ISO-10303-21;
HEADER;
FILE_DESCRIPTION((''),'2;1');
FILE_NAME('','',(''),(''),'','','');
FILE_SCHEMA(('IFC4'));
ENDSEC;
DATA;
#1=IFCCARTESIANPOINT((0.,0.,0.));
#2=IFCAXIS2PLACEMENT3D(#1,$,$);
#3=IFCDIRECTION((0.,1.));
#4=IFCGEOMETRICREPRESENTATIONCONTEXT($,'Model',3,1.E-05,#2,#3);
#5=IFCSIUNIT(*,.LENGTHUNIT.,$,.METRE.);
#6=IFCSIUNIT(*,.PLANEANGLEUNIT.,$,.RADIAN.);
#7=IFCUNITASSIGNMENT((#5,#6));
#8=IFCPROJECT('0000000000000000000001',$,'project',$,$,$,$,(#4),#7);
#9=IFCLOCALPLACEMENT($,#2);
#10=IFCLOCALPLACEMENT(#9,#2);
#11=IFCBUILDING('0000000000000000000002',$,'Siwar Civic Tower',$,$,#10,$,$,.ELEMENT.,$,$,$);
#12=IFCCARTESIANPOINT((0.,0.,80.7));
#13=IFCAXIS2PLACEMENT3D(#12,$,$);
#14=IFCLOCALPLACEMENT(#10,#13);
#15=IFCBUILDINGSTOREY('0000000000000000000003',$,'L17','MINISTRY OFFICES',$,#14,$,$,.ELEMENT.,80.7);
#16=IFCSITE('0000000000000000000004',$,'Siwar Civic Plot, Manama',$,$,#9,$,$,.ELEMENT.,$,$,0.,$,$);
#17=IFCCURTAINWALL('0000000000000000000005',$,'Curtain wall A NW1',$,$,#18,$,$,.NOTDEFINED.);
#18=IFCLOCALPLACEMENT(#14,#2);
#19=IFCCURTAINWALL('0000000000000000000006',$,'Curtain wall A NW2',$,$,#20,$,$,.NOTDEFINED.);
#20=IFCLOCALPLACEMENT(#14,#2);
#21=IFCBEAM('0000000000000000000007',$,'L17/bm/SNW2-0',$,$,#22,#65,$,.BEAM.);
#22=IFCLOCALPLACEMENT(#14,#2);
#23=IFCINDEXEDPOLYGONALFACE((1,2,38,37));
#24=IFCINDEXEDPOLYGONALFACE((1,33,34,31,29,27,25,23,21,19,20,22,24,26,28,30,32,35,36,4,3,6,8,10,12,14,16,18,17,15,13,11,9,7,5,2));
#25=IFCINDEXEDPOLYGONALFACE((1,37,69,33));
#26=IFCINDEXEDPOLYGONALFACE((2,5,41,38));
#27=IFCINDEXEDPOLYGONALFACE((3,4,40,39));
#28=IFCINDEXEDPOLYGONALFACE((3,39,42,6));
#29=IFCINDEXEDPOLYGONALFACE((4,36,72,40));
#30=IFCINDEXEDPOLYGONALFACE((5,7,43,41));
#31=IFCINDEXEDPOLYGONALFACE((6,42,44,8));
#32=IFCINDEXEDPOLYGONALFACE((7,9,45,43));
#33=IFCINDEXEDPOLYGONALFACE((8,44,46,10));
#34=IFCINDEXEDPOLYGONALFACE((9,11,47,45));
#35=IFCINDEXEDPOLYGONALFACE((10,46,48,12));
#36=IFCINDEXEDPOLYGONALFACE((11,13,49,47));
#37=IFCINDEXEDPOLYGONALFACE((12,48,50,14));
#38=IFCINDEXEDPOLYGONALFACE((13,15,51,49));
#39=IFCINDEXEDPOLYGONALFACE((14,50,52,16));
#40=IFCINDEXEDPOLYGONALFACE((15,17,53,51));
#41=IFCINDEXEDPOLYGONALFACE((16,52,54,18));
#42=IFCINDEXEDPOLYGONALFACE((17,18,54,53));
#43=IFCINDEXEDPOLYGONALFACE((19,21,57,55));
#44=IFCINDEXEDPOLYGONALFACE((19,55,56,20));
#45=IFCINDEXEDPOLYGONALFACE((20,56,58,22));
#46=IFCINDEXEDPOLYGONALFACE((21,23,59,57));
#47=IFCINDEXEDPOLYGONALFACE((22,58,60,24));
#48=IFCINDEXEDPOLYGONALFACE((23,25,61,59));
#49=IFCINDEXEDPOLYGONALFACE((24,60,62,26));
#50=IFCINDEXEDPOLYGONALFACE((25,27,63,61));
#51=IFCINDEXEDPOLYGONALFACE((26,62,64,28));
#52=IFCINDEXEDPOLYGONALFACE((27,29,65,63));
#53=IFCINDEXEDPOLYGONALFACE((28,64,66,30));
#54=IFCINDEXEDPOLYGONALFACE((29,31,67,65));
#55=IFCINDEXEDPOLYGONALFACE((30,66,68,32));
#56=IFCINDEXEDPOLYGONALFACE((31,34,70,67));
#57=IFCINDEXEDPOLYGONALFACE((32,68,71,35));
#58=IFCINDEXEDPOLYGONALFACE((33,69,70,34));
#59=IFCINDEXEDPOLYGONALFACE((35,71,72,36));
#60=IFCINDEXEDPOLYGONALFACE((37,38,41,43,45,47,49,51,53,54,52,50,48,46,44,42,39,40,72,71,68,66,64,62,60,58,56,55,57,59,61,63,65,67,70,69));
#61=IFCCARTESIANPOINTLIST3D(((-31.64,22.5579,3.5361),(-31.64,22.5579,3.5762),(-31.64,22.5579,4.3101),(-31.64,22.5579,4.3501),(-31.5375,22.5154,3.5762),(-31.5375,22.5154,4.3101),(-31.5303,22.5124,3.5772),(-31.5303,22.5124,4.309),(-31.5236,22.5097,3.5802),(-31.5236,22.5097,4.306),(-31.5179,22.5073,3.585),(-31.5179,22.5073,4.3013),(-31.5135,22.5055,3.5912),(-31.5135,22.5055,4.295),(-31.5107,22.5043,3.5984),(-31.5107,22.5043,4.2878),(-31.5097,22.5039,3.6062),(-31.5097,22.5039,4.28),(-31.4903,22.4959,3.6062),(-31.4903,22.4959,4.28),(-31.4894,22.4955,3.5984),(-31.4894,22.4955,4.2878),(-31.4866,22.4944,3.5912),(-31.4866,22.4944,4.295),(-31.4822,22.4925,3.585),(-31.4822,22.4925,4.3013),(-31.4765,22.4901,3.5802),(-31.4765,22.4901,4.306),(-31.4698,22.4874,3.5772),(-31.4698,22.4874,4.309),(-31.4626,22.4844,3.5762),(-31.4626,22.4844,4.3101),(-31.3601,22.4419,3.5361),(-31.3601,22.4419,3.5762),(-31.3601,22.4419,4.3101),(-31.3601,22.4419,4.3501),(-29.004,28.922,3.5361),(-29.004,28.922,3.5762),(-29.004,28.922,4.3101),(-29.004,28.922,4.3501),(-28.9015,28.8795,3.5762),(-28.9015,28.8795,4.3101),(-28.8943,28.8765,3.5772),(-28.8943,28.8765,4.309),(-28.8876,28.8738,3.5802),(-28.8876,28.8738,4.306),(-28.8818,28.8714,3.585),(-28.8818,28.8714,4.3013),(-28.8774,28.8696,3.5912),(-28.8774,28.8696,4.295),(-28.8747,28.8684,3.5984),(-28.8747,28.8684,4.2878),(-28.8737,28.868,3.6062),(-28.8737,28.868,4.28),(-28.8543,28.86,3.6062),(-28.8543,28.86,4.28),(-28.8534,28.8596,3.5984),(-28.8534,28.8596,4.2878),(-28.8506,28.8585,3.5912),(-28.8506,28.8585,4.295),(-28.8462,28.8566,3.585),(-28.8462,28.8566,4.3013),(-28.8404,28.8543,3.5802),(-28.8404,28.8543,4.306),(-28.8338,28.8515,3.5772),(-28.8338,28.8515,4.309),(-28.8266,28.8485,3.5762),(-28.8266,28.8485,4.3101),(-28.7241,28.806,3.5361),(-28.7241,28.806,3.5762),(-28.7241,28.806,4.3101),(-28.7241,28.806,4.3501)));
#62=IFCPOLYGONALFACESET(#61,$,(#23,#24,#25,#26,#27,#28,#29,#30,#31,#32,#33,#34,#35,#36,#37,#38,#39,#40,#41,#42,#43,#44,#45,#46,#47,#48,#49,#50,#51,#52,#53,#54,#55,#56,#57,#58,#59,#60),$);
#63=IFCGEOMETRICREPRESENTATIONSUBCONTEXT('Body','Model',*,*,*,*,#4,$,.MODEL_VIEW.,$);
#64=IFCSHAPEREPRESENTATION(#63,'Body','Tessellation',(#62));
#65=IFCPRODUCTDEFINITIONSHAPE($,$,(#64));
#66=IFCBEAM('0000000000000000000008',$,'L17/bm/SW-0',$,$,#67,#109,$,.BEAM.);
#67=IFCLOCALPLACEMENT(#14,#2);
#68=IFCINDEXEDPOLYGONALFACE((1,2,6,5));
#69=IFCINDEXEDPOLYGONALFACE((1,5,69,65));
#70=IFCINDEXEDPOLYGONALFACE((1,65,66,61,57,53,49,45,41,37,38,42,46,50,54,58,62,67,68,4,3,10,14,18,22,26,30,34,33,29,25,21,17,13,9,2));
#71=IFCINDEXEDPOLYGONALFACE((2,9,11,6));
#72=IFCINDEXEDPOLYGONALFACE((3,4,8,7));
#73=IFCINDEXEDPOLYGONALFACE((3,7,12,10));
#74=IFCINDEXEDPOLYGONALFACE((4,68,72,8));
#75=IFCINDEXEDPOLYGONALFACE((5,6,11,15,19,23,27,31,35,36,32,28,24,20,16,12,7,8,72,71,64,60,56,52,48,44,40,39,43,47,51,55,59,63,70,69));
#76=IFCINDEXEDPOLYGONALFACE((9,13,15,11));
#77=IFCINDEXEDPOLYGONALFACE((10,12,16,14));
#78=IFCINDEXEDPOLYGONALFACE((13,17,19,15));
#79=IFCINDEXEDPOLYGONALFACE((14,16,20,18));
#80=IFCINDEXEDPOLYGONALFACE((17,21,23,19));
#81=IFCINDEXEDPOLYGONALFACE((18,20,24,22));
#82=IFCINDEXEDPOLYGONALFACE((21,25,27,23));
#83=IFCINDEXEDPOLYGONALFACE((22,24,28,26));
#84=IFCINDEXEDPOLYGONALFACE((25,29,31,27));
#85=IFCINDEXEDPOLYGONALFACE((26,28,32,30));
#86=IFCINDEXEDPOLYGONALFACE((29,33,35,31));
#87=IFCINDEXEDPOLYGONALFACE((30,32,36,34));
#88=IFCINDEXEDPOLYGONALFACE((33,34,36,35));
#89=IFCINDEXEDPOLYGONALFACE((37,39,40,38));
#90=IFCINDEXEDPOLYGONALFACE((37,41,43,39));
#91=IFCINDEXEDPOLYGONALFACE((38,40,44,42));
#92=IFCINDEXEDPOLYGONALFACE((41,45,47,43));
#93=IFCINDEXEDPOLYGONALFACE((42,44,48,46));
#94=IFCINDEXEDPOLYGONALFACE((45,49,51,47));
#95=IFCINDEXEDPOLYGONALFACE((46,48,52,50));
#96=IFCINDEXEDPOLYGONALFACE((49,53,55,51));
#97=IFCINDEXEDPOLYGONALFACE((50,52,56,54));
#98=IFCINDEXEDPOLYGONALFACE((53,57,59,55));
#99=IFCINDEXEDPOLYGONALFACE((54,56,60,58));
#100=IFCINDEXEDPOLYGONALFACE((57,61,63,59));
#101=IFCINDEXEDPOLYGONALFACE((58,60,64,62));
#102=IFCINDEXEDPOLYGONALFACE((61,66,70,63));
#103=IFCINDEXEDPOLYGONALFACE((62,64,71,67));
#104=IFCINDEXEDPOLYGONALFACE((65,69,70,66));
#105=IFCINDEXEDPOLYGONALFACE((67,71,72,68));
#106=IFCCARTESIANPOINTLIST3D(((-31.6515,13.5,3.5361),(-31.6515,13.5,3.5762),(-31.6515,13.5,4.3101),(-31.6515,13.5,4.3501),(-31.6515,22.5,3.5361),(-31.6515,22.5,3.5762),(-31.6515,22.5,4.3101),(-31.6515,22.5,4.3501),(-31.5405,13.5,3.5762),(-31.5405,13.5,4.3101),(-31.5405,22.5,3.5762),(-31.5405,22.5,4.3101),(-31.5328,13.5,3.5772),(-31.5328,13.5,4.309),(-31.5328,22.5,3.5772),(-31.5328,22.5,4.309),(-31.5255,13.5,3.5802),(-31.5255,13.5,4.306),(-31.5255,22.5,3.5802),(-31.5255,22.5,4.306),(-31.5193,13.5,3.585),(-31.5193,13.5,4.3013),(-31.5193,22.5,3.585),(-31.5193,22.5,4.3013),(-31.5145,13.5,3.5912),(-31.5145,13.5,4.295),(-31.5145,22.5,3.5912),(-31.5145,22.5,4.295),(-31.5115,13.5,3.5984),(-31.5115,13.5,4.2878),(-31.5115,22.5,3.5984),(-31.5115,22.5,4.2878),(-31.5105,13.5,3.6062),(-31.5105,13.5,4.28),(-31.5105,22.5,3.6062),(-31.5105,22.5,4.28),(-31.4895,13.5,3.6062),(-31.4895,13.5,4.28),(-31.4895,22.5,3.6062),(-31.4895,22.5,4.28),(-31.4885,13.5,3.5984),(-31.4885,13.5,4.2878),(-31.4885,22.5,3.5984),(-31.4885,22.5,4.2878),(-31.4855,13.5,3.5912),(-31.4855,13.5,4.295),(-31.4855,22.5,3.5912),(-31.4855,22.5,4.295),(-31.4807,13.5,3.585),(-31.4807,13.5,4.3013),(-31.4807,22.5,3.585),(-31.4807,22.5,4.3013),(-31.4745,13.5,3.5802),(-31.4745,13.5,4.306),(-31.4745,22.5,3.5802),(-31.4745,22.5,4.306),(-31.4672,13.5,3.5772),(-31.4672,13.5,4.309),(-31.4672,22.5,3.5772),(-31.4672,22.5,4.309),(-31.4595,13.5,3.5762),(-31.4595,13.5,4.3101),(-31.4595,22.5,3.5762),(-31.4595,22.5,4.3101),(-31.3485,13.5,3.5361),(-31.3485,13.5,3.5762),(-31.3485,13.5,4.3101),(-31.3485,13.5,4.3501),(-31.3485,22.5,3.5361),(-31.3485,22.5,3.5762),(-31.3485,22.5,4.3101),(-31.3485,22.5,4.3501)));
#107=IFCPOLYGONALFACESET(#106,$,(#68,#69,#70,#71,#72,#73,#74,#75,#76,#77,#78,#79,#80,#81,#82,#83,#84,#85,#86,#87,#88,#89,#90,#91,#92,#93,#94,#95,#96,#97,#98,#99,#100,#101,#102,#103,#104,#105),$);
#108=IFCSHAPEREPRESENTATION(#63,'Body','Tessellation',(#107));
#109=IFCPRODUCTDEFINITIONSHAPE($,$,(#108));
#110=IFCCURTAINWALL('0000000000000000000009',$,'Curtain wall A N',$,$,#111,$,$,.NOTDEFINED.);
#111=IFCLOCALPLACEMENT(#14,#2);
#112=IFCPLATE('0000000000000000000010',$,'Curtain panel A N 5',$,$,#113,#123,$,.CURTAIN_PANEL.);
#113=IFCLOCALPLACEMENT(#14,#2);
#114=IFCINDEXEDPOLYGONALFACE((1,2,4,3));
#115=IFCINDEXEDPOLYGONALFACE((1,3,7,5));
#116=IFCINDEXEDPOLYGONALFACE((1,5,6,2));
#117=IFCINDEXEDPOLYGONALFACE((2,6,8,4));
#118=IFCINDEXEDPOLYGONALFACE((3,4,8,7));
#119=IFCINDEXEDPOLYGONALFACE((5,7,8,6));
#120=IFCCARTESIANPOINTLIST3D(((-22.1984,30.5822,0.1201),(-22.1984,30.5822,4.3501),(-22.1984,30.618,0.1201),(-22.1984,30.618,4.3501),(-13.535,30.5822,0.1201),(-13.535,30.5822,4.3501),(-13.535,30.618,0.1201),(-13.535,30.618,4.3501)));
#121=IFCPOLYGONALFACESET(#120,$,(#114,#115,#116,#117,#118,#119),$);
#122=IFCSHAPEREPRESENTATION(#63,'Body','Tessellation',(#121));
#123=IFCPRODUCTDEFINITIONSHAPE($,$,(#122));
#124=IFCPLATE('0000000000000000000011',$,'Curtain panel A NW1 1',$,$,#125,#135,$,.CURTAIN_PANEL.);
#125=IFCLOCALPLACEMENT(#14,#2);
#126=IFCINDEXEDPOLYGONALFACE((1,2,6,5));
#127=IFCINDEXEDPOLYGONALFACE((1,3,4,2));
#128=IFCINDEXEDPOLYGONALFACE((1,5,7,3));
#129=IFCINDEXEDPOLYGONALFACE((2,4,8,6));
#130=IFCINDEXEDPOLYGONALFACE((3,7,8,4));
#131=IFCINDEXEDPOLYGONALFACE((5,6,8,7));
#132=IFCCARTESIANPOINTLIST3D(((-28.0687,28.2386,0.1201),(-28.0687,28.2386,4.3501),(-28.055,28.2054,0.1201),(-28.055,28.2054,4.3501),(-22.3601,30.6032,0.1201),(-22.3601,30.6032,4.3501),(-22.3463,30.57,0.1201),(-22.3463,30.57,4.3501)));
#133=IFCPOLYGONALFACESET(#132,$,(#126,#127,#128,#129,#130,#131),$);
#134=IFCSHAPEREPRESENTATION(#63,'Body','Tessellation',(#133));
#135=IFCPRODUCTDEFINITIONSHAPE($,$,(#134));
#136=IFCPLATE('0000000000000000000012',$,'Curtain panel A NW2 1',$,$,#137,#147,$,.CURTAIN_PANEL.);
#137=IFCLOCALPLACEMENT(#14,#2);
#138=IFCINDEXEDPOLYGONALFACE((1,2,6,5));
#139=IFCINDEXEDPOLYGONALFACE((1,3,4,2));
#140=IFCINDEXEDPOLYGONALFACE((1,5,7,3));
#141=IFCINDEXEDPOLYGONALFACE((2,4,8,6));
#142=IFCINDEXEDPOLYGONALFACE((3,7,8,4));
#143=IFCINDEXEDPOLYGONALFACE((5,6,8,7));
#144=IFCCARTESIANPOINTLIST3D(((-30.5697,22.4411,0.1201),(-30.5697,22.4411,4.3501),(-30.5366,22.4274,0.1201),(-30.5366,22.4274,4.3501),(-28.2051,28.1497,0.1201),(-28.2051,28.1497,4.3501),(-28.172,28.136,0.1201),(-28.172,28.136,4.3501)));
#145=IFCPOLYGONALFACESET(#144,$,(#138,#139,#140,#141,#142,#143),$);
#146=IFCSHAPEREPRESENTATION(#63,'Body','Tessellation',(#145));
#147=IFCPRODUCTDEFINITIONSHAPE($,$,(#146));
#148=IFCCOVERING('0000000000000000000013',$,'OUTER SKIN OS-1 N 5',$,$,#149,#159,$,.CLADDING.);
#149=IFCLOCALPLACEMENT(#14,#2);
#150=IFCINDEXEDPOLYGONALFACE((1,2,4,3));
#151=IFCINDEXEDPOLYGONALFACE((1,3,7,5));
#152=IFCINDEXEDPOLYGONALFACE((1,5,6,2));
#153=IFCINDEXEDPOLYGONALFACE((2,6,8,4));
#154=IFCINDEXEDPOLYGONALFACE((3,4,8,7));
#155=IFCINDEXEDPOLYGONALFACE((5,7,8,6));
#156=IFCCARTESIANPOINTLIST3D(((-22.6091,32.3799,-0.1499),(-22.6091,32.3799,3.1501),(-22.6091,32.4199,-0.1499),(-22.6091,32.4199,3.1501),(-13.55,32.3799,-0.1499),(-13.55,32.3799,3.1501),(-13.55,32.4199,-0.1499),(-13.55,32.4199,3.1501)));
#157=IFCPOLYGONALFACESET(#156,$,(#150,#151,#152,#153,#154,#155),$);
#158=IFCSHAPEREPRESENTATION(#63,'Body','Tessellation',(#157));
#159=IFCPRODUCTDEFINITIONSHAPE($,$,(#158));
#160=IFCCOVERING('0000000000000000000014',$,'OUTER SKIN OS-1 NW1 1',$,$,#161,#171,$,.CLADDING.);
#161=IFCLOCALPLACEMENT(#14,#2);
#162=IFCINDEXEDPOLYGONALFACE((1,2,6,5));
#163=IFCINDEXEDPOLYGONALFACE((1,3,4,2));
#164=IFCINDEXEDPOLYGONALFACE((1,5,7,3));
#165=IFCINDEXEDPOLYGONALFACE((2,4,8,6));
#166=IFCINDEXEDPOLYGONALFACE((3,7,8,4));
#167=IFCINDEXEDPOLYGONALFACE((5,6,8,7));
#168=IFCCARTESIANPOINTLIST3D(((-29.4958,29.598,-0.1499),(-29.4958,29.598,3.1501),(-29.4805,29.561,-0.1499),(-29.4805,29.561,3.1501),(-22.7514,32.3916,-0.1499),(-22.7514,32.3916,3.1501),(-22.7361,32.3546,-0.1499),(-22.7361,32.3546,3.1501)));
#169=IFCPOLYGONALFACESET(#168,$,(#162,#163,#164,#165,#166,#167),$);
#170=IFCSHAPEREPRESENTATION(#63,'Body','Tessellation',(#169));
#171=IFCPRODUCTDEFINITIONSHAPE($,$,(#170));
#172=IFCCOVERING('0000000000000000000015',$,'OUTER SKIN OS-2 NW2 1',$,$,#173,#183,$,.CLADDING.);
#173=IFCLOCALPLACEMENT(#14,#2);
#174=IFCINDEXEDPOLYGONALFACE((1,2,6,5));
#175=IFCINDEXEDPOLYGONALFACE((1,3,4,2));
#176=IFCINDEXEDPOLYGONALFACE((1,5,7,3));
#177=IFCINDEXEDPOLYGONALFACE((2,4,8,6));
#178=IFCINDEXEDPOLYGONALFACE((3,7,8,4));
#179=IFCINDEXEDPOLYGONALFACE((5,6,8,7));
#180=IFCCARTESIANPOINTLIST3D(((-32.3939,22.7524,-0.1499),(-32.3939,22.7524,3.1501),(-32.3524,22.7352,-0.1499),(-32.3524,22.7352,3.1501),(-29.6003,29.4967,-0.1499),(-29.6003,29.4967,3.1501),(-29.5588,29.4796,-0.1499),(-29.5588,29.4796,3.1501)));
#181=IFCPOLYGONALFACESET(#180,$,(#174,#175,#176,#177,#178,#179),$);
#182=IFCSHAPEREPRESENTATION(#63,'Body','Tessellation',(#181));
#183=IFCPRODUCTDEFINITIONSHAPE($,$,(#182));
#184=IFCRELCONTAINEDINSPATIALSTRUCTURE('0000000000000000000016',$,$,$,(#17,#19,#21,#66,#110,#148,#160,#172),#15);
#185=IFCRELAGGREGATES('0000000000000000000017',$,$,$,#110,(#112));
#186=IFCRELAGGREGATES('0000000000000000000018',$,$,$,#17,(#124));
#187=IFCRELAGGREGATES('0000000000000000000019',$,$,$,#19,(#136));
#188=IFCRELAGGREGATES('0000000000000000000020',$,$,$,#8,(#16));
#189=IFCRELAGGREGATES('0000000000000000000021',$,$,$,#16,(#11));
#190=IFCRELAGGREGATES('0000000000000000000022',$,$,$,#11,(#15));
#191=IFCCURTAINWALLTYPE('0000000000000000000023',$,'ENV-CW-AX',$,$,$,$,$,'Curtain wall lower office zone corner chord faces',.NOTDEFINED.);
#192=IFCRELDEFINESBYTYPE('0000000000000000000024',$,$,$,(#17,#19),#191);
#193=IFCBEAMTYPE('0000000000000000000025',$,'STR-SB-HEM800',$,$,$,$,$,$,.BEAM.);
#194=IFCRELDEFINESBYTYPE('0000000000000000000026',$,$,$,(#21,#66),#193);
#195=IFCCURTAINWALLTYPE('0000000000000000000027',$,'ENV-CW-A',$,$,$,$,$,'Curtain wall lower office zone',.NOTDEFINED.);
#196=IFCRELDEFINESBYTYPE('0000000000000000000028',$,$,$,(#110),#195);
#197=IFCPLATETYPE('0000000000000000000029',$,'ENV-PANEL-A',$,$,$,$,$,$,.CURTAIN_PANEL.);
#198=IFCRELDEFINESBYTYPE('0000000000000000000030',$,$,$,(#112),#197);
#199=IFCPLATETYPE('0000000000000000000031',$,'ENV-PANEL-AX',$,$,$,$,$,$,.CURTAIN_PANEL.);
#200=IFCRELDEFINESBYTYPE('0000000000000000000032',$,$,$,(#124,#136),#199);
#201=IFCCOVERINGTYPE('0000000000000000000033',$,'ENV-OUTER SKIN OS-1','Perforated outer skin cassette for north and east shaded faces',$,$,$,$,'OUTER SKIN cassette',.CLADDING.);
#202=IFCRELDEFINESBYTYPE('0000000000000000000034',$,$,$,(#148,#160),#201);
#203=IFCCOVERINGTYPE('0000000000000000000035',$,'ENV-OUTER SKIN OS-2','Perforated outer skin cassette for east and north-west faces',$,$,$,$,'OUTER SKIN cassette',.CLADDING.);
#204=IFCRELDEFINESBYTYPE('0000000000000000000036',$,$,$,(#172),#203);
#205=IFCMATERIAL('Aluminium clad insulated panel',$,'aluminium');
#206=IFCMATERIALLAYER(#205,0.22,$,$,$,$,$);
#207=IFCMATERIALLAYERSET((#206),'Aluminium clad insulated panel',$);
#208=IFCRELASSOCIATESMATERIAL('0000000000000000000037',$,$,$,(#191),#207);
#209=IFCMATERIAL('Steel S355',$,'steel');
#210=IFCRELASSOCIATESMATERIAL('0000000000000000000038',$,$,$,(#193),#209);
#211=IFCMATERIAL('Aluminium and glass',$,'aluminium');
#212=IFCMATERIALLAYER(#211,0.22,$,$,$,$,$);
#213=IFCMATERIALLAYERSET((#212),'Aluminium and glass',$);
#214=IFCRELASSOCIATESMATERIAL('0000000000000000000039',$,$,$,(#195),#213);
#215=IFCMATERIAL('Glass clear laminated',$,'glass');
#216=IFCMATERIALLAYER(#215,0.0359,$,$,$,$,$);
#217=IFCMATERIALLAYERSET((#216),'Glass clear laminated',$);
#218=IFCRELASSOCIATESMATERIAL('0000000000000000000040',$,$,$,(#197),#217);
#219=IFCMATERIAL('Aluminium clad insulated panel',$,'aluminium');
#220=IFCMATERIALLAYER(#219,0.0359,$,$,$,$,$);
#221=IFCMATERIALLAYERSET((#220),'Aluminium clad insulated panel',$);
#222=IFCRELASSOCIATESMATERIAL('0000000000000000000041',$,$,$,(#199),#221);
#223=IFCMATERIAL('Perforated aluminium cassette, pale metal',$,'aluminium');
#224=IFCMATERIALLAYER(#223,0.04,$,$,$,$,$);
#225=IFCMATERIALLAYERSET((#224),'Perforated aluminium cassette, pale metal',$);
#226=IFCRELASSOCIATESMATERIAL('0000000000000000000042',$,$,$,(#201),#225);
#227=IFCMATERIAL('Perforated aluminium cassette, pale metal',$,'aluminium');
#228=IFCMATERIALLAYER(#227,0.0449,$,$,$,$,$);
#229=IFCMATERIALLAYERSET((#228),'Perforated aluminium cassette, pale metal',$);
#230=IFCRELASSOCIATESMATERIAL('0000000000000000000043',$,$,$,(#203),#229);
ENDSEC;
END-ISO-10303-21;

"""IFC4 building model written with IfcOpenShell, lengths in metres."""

from ifc_helpers import new_model, si_unit, direction, frame, origin, origin_2d, place, context, subcontext, project, spatial, rectangle, i_section, extrude, material, layer, layer_set, material_profile, profile_set, type_object, element, aggregate, save


model = new_model("IFC4")

# Units and contexts
model_context = context("Model", 3, precision=1e-05, world=origin(), true_north=direction((0.0, 1.0)))
body_context = subcontext(model_context, "Body", "Model", "MODEL_VIEW")
ifc_project = project(units=[si_unit("LENGTHUNIT", "METRE"), si_unit("PLANEANGLEUNIT", "RADIAN")], contexts=[model_context])

# Site, building, storey
site_placement = place(None, origin())
site = spatial("IfcSite", under=ifc_project, at=site_placement, Name="Siwar Civic Plot, Manama", CompositionType="ELEMENT", RefElevation=0.0)
building_placement = place(site_placement, origin())
building = spatial("IfcBuilding", under=site, at=building_placement, Name="Siwar Civic Tower", CompositionType="ELEMENT")
storey_placement = place(building_placement, frame((0.0, 0.0, 80.7)))
storey = spatial("IfcBuildingStorey", under=building, at=storey_placement, Name="L17", Description="MINISTRY OFFICES", CompositionType="ELEMENT", Elevation=80.7)

# Curtain walls
ifc_material_1 = material(Name="Aluminium clad insulated panel", Category="aluminium")
ifc_layer_1 = layer(ifc_material_1, 0.22)
ifc_layer_set_1 = layer_set([ifc_layer_1], Name="Aluminium clad insulated panel")
curtain_wall_type_1 = type_object("IfcCurtainWallType", Name="ENV-CW-AX", ElementType="Curtain wall lower office zone corner chord faces", PredefinedType="NOTDEFINED", material=ifc_layer_set_1)
curtain_wall_1_placement = place(storey_placement, origin())
curtain_wall_1 = element("IfcCurtainWall", 1, at=curtain_wall_1_placement, inside=storey, type_object=curtain_wall_type_1, Name="Curtain wall A NW1", PredefinedType="NOTDEFINED")
curtain_wall_2_placement = place(storey_placement, origin())
curtain_wall_2 = element("IfcCurtainWall", 2, at=curtain_wall_2_placement, inside=storey, type_object=curtain_wall_type_1, Name="Curtain wall A NW2", PredefinedType="NOTDEFINED")

# Beams
ifc_material_2 = material(Name="Steel S355", Category="steel")
ifc_material_profile_1 = material_profile(ifc_material_2, i_section(OverallWidth=0.303, OverallDepth=0.814, WebThickness=0.021, FlangeThickness=0.04, FilletRadius=0.03, at=origin_2d()), Name="HEM800")
ifc_profile_set_1 = profile_set([ifc_material_profile_1], Name="Steel S355")
beam_type_1 = type_object("IfcBeamType", Name="STR-SB-HEM800", PredefinedType="BEAM", material=ifc_profile_set_1)
for number, where, z_axis, x_axis, name in (
    (3, (-28.864, 28.864, 3.9431), (-0.382674, -0.923883, 0.0), (0.923883, -0.382674, 0.0), "L17/bm/SNW2-0"),
):
    element("IfcBeam", number, at=place(storey_placement, frame(where, z_axis=z_axis, x_axis=x_axis)), inside=storey, type_object=beam_type_1, Name=name, PredefinedType="BEAM", context=body_context, shape_type="SweptSolid", body=[
        extrude(i_section(OverallWidth=0.303, OverallDepth=0.814, WebThickness=0.021, FlangeThickness=0.04, FilletRadius=0.03, at=origin_2d()), origin(), (0.0, 0.0, 1.0), 6.8884),
    ])
beam_1_placement = place(storey_placement, frame((-31.5, 22.5, 3.9431), z_axis=(0.0, -1.0, 0.0), x_axis=(1.0, 0.0, 0.0)))
element("IfcBeam", 4, at=beam_1_placement, inside=storey, type_object=beam_type_1, Name="L17/bm/SW-0", PredefinedType="BEAM", context=body_context, shape_type="SweptSolid", body=[
    extrude(i_section(OverallWidth=0.303, OverallDepth=0.814, WebThickness=0.021, FlangeThickness=0.04, FilletRadius=0.03, at=origin_2d()), origin(), (0.0, 0.0, 1.0), 9.0),
])

# Curtain wall, plate
ifc_material_3 = material(Name="Aluminium and glass", Category="aluminium")
ifc_layer_2 = layer(ifc_material_3, 0.22)
ifc_layer_set_2 = layer_set([ifc_layer_2], Name="Aluminium and glass")
curtain_wall_type_2 = type_object("IfcCurtainWallType", Name="ENV-CW-A", ElementType="Curtain wall lower office zone", PredefinedType="NOTDEFINED", material=ifc_layer_set_2)
curtain_wall_3_placement = place(storey_placement, origin())
curtain_wall_3 = element("IfcCurtainWall", 5, at=curtain_wall_3_placement, inside=storey, type_object=curtain_wall_type_2, Name="Curtain wall A N", PredefinedType="NOTDEFINED")
ifc_material_4 = material(Name="Glass clear laminated", Category="glass")
ifc_layer_3 = layer(ifc_material_4, 0.0359)
ifc_layer_set_3 = layer_set([ifc_layer_3], Name="Glass clear laminated")
plate_type_1 = type_object("IfcPlateType", Name="ENV-PANEL-A", PredefinedType="CURTAIN_PANEL", material=ifc_layer_set_3)
plate_1_placement = place(storey_placement, frame((-17.8667, 30.6001, 0.1201), z_axis=(0.0, 0.0, 1.0), x_axis=(-1.0, 0.0, 0.0)))
plate_1 = element("IfcPlate", 6, at=plate_1_placement, type_object=plate_type_1, Name="Curtain panel A N 5", PredefinedType="CURTAIN_PANEL", context=body_context, shape_type="SweptSolid", body=[
    extrude(rectangle(XDim=8.6633, YDim=0.0359, at=origin_2d()), origin(), (0.0, 0.0, 1.0), 4.23),
])
aggregate(curtain_wall_3, [plate_1])

# Plates
ifc_material_5 = material(Name="Aluminium clad insulated panel", Category="aluminium")
ifc_layer_4 = layer(ifc_material_5, 0.0359)
ifc_layer_set_4 = layer_set([ifc_layer_4], Name="Aluminium clad insulated panel")
plate_type_2 = type_object("IfcPlateType", Name="ENV-PANEL-AX", PredefinedType="CURTAIN_PANEL", material=ifc_layer_set_4)
plate_2_placement = place(storey_placement, frame((-25.2075, 29.4043, 0.1201), z_axis=(0.0, 0.0, 1.0), x_axis=(-0.92388, -0.382683, 0.0)))
plate_2 = element("IfcPlate", 7, at=plate_2_placement, type_object=plate_type_2, Name="Curtain panel A NW1 1", PredefinedType="CURTAIN_PANEL", context=body_context, shape_type="SweptSolid", body=[
    extrude(rectangle(XDim=6.179, YDim=0.0359, at=origin_2d()), origin(), (0.0, 0.0, 1.0), 4.23),
])
aggregate(curtain_wall_1, [plate_2])
plate_3_placement = place(storey_placement, frame((-29.3708, 25.2886, 0.1201), z_axis=(0.0, 0.0, 1.0), x_axis=(-0.382683, -0.92388, 0.0)))
plate_3 = element("IfcPlate", 8, at=plate_3_placement, type_object=plate_type_2, Name="Curtain panel A NW2 1", PredefinedType="CURTAIN_PANEL", context=body_context, shape_type="SweptSolid", body=[
    extrude(rectangle(XDim=6.179, YDim=0.0359, at=origin_2d()), origin(), (0.0, 0.0, 1.0), 4.23),
])
aggregate(curtain_wall_2, [plate_3])

# Coverings
ifc_material_6 = material(Name="Perforated aluminium cassette, pale metal", Category="aluminium")
ifc_layer_5 = layer(ifc_material_6, 0.04)
ifc_layer_set_5 = layer_set([ifc_layer_5], Name="Perforated aluminium cassette, pale metal")
covering_type_1 = type_object("IfcCoveringType", Name="ENV-OUTER SKIN OS-1", Description="Perforated outer skin cassette for north and east shaded faces", ElementType="OUTER SKIN cassette", PredefinedType="CLADDING", material=ifc_layer_set_5)
covering_1_placement = place(storey_placement, frame((-18.0796, 32.3999, -0.1499), z_axis=(0.0, 0.0, 1.0), x_axis=(-1.0, 0.0, 0.0)))
element("IfcCovering", 9, at=covering_1_placement, inside=storey, type_object=covering_type_1, Name="OUTER SKIN OS-1 N 5", PredefinedType="CLADDING", context=body_context, shape_type="SweptSolid", body=[
    extrude(rectangle(XDim=9.0591, YDim=0.04, at=origin_2d()), origin(), (0.0, 0.0, 1.0), 3.3),
])
covering_2_placement = place(storey_placement, frame((-26.116, 30.9763, -0.1499), z_axis=(0.0, 0.0, 1.0), x_axis=(-0.92388, -0.382683, 0.0)))
element("IfcCovering", 10, at=covering_2_placement, inside=storey, type_object=covering_type_1, Name="OUTER SKIN OS-1 NW1 1", PredefinedType="CLADDING", context=body_context, shape_type="SweptSolid", body=[
    extrude(rectangle(XDim=7.3, YDim=0.04, at=origin_2d()), origin(), (0.0, 0.0, 1.0), 3.3),
])
ifc_material_7 = material(Name="Perforated aluminium cassette, pale metal", Category="aluminium")
ifc_layer_6 = layer(ifc_material_7, 0.0449)
ifc_layer_set_6 = layer_set([ifc_layer_6], Name="Perforated aluminium cassette, pale metal")
covering_type_2 = type_object("IfcCoveringType", Name="ENV-OUTER SKIN OS-2", Description="Perforated outer skin cassette for east and north-west faces", ElementType="OUTER SKIN cassette", PredefinedType="CLADDING", material=ifc_layer_set_6)
covering_3_placement = place(storey_placement, frame((-30.9763, 26.116, -0.1499), z_axis=(0.0, 0.0, 1.0), x_axis=(-0.382683, -0.92388, 0.0)))
element("IfcCovering", 11, at=covering_3_placement, inside=storey, type_object=covering_type_2, Name="OUTER SKIN OS-2 NW2 1", PredefinedType="CLADDING", context=body_context, shape_type="SweptSolid", body=[
    extrude(rectangle(XDim=7.3, YDim=0.0449, at=origin_2d()), origin(), (0.0, 0.0, 1.0), 3.3),
])

save(model, "model.ifc")
